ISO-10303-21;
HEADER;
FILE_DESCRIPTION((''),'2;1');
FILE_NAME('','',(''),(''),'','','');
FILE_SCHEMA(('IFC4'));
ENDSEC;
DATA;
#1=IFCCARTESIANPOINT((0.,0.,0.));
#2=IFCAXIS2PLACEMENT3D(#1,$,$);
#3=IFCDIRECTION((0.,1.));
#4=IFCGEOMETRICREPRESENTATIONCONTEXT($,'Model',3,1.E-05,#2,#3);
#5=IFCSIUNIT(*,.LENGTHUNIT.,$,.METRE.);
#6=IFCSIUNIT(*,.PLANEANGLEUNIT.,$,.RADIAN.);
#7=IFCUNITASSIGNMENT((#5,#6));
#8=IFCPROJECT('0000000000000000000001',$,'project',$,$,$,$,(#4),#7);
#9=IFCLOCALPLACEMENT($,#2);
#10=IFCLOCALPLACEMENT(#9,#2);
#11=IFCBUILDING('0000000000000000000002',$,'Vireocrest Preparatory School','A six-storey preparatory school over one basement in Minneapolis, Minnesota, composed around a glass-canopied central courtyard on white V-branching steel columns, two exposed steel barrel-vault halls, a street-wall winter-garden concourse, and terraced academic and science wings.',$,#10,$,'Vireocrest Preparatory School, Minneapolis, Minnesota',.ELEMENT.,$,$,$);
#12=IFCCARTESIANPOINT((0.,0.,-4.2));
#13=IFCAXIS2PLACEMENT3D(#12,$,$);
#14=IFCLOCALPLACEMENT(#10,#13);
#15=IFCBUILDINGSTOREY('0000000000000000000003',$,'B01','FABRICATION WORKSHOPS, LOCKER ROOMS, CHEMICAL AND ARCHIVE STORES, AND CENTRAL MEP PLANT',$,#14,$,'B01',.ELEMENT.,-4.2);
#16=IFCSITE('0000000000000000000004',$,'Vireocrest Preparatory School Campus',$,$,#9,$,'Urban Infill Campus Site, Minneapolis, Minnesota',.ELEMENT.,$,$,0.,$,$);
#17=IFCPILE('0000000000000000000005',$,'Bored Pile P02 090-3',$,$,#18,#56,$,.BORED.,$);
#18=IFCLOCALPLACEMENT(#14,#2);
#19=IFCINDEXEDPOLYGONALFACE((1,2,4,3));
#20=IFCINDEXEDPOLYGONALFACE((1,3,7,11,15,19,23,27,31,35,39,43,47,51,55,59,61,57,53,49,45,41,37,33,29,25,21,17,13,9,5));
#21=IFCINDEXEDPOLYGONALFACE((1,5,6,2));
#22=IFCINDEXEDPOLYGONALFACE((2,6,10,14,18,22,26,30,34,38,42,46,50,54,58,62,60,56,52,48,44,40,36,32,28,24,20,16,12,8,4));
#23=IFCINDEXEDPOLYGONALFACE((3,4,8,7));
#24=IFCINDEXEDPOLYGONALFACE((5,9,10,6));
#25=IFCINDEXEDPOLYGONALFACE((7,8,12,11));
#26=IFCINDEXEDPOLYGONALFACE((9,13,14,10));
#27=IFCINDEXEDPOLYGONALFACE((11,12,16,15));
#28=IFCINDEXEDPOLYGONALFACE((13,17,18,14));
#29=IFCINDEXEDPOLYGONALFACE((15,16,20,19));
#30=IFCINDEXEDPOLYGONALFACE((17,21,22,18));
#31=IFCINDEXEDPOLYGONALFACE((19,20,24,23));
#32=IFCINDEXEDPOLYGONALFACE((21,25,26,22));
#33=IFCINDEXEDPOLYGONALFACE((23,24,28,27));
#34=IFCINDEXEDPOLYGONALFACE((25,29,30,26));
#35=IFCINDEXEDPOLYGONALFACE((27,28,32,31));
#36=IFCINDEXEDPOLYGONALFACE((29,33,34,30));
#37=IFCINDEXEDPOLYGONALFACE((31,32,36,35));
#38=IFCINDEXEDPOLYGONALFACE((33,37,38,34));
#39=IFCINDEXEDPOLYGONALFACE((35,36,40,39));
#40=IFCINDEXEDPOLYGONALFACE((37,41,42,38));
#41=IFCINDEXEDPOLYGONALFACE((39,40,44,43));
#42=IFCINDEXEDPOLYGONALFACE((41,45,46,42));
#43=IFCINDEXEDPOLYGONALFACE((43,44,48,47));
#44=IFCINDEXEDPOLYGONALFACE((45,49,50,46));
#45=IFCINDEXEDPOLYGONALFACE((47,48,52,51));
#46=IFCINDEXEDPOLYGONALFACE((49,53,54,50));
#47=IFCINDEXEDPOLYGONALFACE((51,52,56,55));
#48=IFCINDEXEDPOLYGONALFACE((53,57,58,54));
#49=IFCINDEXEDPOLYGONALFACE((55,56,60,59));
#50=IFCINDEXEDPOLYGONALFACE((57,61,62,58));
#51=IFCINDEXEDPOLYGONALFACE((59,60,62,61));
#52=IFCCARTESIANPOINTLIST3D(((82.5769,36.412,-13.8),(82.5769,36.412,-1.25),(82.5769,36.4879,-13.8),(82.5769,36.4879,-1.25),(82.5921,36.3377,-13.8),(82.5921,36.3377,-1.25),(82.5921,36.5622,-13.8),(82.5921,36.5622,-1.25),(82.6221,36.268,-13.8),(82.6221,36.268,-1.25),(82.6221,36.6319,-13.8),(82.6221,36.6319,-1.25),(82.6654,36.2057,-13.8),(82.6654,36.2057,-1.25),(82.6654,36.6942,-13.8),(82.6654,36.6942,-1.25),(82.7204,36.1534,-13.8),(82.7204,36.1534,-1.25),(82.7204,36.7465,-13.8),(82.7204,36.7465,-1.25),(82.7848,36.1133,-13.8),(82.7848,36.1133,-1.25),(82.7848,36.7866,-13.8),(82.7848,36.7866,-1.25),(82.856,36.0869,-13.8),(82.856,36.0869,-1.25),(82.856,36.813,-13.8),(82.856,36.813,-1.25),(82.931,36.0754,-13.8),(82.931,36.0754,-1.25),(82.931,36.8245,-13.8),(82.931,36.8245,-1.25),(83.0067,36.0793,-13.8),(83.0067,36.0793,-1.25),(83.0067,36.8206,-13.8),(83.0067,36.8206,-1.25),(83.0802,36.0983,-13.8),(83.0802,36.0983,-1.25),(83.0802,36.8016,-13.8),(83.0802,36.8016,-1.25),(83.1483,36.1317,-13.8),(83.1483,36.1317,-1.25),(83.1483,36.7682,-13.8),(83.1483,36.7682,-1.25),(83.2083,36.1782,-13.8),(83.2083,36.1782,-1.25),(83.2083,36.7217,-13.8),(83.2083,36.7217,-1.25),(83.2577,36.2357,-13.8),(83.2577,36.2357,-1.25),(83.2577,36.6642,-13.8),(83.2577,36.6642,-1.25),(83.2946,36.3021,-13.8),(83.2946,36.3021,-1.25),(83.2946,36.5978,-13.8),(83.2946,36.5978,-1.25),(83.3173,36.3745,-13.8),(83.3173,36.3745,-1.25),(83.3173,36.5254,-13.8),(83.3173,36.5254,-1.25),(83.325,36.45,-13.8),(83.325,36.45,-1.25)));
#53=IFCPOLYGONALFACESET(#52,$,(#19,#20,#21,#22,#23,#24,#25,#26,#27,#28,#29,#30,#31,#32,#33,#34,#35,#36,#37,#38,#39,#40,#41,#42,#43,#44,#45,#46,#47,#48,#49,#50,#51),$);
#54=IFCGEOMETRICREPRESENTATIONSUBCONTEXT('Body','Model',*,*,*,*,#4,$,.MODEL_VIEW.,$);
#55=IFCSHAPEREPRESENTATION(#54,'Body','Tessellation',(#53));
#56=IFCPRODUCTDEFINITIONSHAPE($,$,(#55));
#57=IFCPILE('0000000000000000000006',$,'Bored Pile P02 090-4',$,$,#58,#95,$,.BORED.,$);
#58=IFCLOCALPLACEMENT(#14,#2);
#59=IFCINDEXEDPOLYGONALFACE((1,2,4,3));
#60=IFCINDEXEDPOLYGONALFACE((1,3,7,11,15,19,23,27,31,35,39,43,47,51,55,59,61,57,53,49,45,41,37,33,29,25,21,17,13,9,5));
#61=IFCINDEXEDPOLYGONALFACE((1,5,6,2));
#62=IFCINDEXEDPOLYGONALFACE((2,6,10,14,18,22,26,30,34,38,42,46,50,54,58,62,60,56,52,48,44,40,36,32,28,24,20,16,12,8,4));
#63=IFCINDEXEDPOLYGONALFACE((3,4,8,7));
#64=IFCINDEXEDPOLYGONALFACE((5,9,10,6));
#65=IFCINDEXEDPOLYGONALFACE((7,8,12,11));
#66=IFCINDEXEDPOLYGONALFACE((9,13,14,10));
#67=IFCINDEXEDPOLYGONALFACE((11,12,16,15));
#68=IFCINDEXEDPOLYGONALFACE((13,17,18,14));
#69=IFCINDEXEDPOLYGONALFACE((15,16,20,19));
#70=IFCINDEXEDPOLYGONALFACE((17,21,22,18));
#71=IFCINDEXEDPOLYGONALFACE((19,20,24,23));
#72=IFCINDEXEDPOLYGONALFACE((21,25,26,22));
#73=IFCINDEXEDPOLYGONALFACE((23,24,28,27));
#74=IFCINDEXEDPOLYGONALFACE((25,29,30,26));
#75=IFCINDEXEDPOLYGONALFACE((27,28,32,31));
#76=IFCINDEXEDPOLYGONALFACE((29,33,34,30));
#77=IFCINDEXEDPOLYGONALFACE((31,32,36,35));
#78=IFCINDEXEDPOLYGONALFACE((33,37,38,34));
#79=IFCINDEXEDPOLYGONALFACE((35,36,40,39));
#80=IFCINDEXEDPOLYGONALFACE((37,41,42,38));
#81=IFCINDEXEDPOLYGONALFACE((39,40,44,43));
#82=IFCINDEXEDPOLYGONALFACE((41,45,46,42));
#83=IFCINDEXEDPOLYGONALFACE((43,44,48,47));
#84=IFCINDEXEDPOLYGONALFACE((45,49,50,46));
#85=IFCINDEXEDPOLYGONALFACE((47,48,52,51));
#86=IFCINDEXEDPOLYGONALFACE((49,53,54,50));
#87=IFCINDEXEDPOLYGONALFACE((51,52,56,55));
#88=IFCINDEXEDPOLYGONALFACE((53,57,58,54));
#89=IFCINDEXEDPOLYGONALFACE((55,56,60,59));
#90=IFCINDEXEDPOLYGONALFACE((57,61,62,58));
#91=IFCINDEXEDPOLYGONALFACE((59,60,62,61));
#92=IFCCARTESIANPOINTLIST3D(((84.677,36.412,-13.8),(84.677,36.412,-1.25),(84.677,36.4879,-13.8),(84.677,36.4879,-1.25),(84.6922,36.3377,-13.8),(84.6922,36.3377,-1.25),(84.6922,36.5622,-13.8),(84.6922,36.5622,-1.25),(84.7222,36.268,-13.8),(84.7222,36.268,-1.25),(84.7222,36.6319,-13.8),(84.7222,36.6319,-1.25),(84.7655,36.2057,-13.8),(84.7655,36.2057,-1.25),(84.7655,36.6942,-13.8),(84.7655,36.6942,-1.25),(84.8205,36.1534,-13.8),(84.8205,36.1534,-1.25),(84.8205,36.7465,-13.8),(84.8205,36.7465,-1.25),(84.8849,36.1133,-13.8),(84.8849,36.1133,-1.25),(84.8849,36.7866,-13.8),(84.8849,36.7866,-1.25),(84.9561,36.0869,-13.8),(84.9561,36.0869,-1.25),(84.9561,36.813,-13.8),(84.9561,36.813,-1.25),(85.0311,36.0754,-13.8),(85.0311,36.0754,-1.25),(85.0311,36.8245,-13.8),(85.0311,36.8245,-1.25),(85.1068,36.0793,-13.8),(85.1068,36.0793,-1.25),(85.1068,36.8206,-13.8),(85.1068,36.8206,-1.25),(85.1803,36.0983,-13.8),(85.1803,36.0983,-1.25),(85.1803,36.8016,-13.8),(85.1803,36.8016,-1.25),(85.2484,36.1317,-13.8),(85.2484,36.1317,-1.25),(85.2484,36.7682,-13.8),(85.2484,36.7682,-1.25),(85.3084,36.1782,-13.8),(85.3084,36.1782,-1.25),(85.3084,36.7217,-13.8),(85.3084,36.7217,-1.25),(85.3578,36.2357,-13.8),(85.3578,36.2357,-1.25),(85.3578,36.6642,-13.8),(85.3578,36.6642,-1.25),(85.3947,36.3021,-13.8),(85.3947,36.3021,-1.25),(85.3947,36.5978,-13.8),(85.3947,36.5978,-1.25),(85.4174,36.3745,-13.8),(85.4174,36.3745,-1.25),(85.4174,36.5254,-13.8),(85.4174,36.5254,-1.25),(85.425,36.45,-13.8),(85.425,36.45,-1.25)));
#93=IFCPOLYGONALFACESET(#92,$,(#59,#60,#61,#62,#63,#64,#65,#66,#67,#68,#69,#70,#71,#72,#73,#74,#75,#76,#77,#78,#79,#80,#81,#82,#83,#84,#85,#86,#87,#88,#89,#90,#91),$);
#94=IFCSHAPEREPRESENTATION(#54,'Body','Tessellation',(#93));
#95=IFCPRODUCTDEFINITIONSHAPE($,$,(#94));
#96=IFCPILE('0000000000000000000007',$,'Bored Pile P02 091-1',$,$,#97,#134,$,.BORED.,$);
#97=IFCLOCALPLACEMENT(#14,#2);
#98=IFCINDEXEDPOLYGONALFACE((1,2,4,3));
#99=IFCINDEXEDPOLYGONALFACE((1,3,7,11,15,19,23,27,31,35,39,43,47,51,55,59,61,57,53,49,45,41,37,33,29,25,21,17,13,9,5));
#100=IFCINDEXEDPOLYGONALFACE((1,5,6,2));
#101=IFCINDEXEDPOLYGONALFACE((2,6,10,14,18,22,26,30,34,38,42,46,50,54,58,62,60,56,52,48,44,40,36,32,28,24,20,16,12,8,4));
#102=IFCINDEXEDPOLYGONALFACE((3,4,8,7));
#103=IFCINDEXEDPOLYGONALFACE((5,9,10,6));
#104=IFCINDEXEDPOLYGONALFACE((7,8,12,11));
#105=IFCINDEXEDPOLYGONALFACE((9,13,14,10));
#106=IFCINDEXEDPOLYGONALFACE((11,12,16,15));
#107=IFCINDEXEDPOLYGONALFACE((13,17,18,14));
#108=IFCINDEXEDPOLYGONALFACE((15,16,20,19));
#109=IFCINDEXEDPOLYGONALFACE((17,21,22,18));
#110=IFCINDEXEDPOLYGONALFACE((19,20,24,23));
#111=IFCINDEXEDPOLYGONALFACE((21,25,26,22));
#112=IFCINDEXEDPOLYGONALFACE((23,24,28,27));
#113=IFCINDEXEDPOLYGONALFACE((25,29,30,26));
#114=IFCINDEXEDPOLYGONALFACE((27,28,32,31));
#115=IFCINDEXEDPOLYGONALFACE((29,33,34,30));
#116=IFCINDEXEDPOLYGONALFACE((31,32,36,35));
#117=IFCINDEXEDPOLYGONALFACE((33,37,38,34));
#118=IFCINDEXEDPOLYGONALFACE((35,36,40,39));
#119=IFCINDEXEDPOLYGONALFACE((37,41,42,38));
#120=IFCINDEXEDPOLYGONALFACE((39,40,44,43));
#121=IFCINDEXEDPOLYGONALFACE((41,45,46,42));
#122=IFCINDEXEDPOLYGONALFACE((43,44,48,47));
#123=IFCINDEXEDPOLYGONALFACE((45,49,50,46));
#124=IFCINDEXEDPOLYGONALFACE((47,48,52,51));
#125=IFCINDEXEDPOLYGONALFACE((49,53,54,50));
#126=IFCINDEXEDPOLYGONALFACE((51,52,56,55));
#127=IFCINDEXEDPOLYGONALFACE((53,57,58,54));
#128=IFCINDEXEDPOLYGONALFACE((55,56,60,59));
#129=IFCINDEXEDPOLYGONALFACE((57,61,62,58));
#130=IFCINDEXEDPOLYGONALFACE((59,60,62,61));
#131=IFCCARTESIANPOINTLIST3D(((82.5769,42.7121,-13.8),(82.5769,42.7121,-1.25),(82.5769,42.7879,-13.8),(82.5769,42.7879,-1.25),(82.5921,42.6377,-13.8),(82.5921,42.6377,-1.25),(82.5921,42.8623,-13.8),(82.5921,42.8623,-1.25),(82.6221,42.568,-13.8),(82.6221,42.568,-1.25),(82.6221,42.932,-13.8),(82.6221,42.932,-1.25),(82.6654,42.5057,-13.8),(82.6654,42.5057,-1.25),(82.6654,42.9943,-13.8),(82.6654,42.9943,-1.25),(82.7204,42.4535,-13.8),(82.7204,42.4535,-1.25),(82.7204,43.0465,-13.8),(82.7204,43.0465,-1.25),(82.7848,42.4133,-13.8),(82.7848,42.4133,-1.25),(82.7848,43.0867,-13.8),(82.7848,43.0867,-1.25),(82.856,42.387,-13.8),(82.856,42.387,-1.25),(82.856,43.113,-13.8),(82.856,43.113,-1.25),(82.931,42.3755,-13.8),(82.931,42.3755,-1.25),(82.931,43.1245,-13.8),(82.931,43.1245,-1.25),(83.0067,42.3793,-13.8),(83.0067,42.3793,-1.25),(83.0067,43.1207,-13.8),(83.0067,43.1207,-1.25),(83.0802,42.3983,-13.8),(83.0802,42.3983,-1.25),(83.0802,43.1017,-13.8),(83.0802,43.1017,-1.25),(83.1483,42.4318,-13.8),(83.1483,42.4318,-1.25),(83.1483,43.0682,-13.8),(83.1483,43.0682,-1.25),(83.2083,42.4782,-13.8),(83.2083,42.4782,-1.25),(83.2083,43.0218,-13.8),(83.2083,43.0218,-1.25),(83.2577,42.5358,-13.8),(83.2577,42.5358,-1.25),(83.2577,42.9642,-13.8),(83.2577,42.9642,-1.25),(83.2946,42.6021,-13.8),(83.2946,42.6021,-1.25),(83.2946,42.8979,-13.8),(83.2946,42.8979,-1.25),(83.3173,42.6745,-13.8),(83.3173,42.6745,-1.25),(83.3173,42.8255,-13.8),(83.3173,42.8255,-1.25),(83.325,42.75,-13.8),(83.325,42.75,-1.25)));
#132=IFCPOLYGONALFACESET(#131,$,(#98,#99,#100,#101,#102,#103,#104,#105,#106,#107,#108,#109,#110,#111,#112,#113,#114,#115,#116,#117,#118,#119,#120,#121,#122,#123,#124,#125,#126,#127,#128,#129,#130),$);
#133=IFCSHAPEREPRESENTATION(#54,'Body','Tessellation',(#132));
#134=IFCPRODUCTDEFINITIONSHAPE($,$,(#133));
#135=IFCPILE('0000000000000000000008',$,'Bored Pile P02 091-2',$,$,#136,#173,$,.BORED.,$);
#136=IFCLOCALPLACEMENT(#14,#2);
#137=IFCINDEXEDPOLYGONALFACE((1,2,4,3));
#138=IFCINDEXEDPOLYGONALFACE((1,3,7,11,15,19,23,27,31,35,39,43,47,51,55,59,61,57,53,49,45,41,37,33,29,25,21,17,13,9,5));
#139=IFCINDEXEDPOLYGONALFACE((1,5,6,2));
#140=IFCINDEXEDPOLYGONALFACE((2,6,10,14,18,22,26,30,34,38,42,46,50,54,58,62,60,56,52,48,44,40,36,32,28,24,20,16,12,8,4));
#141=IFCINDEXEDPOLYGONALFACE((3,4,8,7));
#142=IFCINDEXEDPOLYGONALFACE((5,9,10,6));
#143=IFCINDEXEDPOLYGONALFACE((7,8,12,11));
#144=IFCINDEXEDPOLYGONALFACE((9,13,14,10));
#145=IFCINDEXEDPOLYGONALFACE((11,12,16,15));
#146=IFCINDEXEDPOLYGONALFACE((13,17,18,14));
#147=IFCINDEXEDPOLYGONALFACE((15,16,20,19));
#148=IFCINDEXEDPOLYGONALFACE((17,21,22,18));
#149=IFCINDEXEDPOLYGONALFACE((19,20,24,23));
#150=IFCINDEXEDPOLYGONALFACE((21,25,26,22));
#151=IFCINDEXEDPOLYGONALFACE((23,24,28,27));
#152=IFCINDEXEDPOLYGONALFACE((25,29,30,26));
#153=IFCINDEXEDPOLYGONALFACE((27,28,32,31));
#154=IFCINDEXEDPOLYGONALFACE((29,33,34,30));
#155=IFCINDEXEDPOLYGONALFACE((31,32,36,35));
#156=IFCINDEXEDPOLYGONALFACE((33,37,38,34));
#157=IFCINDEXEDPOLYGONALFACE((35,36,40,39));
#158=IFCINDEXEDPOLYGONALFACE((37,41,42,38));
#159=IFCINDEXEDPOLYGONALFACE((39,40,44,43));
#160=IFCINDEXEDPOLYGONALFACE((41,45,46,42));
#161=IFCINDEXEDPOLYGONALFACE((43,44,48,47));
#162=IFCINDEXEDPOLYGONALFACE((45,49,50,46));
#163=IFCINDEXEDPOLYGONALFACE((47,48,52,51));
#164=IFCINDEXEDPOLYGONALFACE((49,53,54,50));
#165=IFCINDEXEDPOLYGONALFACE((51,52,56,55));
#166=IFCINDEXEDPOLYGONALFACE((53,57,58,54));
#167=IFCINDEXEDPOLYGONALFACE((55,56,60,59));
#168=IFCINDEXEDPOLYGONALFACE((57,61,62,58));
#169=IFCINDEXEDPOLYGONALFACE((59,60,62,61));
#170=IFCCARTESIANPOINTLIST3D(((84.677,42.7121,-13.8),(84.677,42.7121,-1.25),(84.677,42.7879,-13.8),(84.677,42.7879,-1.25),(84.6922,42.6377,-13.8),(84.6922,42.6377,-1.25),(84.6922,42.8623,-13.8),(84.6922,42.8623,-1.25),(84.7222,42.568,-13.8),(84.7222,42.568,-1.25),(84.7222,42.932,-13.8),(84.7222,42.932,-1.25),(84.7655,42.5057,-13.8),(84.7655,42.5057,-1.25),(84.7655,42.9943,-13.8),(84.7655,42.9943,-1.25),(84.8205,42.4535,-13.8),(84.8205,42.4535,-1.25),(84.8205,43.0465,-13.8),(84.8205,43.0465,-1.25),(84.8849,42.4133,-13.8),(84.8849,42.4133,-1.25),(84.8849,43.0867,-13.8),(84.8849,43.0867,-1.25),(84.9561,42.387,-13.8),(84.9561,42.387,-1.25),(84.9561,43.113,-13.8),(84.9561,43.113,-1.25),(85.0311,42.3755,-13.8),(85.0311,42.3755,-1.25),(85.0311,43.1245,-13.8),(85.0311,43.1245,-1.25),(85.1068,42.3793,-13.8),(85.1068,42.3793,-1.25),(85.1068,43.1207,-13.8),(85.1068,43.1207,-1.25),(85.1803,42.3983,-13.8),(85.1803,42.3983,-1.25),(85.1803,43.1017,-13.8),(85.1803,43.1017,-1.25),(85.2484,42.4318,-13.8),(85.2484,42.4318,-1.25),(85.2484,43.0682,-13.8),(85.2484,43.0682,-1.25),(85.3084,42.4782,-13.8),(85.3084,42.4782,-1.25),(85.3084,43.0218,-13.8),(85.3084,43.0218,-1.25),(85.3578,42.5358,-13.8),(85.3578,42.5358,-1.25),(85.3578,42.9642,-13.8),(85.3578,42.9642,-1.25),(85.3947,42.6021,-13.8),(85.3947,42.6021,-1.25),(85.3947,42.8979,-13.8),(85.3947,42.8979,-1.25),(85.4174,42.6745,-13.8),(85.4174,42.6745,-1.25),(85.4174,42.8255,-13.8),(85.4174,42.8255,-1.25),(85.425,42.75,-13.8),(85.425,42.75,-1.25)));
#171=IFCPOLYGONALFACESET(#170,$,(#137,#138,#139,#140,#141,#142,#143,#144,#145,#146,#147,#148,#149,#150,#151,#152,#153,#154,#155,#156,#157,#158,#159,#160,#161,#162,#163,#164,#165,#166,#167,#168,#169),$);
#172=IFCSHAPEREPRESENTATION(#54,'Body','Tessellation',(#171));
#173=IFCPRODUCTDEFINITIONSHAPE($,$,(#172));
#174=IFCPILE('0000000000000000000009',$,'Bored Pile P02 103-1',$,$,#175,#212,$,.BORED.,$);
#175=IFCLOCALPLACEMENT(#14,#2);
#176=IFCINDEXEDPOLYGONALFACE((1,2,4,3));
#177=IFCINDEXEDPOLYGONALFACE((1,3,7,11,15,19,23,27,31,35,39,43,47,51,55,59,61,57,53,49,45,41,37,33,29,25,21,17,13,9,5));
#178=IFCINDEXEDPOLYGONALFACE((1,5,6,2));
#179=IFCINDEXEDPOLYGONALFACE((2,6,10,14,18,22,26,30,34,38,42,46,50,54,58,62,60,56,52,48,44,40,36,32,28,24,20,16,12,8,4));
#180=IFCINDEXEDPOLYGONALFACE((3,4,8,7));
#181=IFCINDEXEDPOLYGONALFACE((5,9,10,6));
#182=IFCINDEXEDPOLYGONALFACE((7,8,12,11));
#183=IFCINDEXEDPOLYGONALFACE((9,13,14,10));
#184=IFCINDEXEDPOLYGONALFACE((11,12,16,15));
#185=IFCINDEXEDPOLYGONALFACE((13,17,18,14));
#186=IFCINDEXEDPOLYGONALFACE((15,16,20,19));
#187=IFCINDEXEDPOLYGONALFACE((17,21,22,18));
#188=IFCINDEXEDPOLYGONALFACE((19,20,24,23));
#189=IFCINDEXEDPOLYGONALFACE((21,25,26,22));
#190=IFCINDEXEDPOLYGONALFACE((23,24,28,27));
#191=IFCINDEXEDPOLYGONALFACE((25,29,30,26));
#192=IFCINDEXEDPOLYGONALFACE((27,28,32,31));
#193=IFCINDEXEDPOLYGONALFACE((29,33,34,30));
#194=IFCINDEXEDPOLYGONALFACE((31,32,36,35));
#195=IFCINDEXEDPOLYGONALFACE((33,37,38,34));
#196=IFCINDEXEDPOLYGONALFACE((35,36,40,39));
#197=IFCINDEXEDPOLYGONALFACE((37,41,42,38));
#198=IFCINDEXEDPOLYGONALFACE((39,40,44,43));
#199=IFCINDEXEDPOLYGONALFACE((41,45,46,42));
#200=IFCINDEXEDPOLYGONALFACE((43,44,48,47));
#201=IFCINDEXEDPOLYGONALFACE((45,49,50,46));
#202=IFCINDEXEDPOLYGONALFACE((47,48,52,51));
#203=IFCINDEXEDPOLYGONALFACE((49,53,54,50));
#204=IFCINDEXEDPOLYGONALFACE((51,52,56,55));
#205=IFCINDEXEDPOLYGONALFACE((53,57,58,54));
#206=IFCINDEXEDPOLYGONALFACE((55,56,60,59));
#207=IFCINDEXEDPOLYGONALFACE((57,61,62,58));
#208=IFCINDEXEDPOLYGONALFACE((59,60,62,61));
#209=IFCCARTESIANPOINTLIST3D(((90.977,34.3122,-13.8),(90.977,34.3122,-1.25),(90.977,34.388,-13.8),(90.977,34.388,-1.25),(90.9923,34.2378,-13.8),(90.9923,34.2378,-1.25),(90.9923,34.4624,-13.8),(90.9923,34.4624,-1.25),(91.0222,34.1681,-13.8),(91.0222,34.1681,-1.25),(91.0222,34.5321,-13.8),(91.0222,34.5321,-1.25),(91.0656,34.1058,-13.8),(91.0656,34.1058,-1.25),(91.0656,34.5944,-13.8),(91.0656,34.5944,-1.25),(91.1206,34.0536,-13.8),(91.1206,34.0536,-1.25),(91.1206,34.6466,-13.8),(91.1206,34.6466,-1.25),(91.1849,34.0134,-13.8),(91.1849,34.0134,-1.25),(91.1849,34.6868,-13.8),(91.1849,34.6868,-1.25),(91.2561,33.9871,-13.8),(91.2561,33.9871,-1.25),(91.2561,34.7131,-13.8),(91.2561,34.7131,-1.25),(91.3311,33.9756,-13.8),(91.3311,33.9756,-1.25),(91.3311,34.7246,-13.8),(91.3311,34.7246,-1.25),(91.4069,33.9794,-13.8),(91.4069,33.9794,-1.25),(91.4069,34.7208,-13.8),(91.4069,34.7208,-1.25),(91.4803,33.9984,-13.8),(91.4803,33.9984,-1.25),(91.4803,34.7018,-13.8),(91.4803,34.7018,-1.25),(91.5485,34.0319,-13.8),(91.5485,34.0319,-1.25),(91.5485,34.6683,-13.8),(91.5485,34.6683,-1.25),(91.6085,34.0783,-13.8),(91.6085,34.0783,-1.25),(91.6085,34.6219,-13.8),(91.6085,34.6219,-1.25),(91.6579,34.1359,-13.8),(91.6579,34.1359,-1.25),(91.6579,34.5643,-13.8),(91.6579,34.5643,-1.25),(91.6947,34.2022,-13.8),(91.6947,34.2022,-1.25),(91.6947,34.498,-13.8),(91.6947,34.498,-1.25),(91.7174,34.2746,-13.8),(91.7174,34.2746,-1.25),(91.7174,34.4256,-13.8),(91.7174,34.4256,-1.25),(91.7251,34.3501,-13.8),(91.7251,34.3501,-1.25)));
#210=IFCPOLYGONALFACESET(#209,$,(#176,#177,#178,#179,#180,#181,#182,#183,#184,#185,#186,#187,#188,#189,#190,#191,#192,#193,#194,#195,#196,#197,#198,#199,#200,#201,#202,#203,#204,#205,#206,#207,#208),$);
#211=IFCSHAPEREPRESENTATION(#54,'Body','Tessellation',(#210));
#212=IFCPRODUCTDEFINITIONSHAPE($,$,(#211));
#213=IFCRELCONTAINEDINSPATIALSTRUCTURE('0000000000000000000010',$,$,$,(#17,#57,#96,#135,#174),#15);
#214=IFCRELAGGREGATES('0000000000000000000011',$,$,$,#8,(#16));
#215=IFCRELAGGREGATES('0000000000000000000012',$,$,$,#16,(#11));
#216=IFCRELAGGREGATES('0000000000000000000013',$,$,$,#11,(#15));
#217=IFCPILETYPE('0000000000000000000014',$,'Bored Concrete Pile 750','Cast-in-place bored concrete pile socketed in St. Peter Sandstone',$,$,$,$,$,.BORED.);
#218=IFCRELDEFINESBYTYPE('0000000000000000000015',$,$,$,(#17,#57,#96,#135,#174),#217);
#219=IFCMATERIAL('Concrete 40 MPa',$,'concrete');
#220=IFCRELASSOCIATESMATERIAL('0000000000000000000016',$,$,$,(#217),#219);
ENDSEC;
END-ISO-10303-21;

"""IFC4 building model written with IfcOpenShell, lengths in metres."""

from ifc_helpers import new_model, si_unit, direction, frame, origin, origin_2d, place, context, subcontext, project, spatial, circle, extrude, material, material_profile, profile_set, type_object, element, save


model = new_model("IFC4")

# Units and contexts
model_context = context("Model", 3, precision=1e-05, world=origin(), true_north=direction((0.0, 1.0)))
body_context = subcontext(model_context, "Body", "Model", "MODEL_VIEW")
ifc_project = project(units=[si_unit("LENGTHUNIT", "METRE"), si_unit("PLANEANGLEUNIT", "RADIAN")], contexts=[model_context])

# Site, building, storey
site_placement = place(None, origin())
site = spatial("IfcSite", under=ifc_project, at=site_placement, Name="Vireocrest Preparatory School Campus", LongName="Urban Infill Campus Site, Minneapolis, Minnesota", CompositionType="ELEMENT", RefElevation=0.0)
building_placement = place(site_placement, origin())
building = spatial("IfcBuilding", under=site, at=building_placement, Name="Vireocrest Preparatory School", Description="A six-storey preparatory school over one basement in Minneapolis, Minnesota, composed around a glass-canopied central courtyard on white V-branching steel columns, two exposed steel barrel-vault halls, a street-wall winter-garden concourse, and terraced academic and science wings.", LongName="Vireocrest Preparatory School, Minneapolis, Minnesota", CompositionType="ELEMENT")
storey_placement = place(building_placement, frame((0.0, 0.0, -4.2)))
storey = spatial("IfcBuildingStorey", under=building, at=storey_placement, Name="B01", Description="FABRICATION WORKSHOPS, LOCKER ROOMS, CHEMICAL AND ARCHIVE STORES, AND CENTRAL MEP PLANT", LongName="B01", CompositionType="ELEMENT", Elevation=-4.2)

# Piles
ifc_material_1 = material(Name="Concrete 40 MPa", Category="concrete")
ifc_material_profile_1 = material_profile(ifc_material_1, circle(Radius=0.375, at=origin_2d()), Name="BORED PILE 750")
ifc_profile_set_1 = profile_set([ifc_material_profile_1], Name="Concrete 40 MPa")
pile_type_1 = type_object("IfcPileType", Name="Bored Concrete Pile 750", Description="Cast-in-place bored concrete pile socketed in St. Peter Sandstone", PredefinedType="BORED", material=ifc_profile_set_1)
for number, where, z_axis, x_axis, name in (
    (1, (82.95, 36.45, -1.25), (0.0, 0.0, -1.0), (1.0, 0.0, 0.0), "Bored Pile P02 090-3"),
    (2, (85.05, 36.45, -1.25), (0.0, 0.0, -1.0), (1.0, 0.0, 0.0), "Bored Pile P02 090-4"),
    (3, (82.95, 42.75, -1.25), (0.0, 0.0, -1.0), (1.0, 0.0, 0.0), "Bored Pile P02 091-1"),
    (4, (85.05, 42.75, -1.25), (0.0, 0.0, -1.0), (1.0, 0.0, 0.0), "Bored Pile P02 091-2"),
    (5, (91.3501, 34.3501, -1.25), (0.0, 0.0, -1.0), (1.0, 0.0, 0.0), "Bored Pile P02 103-1"),
):
    element("IfcPile", number, at=place(storey_placement, frame(where, z_axis=z_axis, x_axis=x_axis)), inside=storey, type_object=pile_type_1, Name=name, PredefinedType="BORED", context=body_context, shape_type="SweptSolid", body=[
        extrude(circle(Radius=0.375, at=origin_2d()), origin(), (0.0, 0.0, 1.0), 12.55),
    ])

save(model, "model.ifc")
